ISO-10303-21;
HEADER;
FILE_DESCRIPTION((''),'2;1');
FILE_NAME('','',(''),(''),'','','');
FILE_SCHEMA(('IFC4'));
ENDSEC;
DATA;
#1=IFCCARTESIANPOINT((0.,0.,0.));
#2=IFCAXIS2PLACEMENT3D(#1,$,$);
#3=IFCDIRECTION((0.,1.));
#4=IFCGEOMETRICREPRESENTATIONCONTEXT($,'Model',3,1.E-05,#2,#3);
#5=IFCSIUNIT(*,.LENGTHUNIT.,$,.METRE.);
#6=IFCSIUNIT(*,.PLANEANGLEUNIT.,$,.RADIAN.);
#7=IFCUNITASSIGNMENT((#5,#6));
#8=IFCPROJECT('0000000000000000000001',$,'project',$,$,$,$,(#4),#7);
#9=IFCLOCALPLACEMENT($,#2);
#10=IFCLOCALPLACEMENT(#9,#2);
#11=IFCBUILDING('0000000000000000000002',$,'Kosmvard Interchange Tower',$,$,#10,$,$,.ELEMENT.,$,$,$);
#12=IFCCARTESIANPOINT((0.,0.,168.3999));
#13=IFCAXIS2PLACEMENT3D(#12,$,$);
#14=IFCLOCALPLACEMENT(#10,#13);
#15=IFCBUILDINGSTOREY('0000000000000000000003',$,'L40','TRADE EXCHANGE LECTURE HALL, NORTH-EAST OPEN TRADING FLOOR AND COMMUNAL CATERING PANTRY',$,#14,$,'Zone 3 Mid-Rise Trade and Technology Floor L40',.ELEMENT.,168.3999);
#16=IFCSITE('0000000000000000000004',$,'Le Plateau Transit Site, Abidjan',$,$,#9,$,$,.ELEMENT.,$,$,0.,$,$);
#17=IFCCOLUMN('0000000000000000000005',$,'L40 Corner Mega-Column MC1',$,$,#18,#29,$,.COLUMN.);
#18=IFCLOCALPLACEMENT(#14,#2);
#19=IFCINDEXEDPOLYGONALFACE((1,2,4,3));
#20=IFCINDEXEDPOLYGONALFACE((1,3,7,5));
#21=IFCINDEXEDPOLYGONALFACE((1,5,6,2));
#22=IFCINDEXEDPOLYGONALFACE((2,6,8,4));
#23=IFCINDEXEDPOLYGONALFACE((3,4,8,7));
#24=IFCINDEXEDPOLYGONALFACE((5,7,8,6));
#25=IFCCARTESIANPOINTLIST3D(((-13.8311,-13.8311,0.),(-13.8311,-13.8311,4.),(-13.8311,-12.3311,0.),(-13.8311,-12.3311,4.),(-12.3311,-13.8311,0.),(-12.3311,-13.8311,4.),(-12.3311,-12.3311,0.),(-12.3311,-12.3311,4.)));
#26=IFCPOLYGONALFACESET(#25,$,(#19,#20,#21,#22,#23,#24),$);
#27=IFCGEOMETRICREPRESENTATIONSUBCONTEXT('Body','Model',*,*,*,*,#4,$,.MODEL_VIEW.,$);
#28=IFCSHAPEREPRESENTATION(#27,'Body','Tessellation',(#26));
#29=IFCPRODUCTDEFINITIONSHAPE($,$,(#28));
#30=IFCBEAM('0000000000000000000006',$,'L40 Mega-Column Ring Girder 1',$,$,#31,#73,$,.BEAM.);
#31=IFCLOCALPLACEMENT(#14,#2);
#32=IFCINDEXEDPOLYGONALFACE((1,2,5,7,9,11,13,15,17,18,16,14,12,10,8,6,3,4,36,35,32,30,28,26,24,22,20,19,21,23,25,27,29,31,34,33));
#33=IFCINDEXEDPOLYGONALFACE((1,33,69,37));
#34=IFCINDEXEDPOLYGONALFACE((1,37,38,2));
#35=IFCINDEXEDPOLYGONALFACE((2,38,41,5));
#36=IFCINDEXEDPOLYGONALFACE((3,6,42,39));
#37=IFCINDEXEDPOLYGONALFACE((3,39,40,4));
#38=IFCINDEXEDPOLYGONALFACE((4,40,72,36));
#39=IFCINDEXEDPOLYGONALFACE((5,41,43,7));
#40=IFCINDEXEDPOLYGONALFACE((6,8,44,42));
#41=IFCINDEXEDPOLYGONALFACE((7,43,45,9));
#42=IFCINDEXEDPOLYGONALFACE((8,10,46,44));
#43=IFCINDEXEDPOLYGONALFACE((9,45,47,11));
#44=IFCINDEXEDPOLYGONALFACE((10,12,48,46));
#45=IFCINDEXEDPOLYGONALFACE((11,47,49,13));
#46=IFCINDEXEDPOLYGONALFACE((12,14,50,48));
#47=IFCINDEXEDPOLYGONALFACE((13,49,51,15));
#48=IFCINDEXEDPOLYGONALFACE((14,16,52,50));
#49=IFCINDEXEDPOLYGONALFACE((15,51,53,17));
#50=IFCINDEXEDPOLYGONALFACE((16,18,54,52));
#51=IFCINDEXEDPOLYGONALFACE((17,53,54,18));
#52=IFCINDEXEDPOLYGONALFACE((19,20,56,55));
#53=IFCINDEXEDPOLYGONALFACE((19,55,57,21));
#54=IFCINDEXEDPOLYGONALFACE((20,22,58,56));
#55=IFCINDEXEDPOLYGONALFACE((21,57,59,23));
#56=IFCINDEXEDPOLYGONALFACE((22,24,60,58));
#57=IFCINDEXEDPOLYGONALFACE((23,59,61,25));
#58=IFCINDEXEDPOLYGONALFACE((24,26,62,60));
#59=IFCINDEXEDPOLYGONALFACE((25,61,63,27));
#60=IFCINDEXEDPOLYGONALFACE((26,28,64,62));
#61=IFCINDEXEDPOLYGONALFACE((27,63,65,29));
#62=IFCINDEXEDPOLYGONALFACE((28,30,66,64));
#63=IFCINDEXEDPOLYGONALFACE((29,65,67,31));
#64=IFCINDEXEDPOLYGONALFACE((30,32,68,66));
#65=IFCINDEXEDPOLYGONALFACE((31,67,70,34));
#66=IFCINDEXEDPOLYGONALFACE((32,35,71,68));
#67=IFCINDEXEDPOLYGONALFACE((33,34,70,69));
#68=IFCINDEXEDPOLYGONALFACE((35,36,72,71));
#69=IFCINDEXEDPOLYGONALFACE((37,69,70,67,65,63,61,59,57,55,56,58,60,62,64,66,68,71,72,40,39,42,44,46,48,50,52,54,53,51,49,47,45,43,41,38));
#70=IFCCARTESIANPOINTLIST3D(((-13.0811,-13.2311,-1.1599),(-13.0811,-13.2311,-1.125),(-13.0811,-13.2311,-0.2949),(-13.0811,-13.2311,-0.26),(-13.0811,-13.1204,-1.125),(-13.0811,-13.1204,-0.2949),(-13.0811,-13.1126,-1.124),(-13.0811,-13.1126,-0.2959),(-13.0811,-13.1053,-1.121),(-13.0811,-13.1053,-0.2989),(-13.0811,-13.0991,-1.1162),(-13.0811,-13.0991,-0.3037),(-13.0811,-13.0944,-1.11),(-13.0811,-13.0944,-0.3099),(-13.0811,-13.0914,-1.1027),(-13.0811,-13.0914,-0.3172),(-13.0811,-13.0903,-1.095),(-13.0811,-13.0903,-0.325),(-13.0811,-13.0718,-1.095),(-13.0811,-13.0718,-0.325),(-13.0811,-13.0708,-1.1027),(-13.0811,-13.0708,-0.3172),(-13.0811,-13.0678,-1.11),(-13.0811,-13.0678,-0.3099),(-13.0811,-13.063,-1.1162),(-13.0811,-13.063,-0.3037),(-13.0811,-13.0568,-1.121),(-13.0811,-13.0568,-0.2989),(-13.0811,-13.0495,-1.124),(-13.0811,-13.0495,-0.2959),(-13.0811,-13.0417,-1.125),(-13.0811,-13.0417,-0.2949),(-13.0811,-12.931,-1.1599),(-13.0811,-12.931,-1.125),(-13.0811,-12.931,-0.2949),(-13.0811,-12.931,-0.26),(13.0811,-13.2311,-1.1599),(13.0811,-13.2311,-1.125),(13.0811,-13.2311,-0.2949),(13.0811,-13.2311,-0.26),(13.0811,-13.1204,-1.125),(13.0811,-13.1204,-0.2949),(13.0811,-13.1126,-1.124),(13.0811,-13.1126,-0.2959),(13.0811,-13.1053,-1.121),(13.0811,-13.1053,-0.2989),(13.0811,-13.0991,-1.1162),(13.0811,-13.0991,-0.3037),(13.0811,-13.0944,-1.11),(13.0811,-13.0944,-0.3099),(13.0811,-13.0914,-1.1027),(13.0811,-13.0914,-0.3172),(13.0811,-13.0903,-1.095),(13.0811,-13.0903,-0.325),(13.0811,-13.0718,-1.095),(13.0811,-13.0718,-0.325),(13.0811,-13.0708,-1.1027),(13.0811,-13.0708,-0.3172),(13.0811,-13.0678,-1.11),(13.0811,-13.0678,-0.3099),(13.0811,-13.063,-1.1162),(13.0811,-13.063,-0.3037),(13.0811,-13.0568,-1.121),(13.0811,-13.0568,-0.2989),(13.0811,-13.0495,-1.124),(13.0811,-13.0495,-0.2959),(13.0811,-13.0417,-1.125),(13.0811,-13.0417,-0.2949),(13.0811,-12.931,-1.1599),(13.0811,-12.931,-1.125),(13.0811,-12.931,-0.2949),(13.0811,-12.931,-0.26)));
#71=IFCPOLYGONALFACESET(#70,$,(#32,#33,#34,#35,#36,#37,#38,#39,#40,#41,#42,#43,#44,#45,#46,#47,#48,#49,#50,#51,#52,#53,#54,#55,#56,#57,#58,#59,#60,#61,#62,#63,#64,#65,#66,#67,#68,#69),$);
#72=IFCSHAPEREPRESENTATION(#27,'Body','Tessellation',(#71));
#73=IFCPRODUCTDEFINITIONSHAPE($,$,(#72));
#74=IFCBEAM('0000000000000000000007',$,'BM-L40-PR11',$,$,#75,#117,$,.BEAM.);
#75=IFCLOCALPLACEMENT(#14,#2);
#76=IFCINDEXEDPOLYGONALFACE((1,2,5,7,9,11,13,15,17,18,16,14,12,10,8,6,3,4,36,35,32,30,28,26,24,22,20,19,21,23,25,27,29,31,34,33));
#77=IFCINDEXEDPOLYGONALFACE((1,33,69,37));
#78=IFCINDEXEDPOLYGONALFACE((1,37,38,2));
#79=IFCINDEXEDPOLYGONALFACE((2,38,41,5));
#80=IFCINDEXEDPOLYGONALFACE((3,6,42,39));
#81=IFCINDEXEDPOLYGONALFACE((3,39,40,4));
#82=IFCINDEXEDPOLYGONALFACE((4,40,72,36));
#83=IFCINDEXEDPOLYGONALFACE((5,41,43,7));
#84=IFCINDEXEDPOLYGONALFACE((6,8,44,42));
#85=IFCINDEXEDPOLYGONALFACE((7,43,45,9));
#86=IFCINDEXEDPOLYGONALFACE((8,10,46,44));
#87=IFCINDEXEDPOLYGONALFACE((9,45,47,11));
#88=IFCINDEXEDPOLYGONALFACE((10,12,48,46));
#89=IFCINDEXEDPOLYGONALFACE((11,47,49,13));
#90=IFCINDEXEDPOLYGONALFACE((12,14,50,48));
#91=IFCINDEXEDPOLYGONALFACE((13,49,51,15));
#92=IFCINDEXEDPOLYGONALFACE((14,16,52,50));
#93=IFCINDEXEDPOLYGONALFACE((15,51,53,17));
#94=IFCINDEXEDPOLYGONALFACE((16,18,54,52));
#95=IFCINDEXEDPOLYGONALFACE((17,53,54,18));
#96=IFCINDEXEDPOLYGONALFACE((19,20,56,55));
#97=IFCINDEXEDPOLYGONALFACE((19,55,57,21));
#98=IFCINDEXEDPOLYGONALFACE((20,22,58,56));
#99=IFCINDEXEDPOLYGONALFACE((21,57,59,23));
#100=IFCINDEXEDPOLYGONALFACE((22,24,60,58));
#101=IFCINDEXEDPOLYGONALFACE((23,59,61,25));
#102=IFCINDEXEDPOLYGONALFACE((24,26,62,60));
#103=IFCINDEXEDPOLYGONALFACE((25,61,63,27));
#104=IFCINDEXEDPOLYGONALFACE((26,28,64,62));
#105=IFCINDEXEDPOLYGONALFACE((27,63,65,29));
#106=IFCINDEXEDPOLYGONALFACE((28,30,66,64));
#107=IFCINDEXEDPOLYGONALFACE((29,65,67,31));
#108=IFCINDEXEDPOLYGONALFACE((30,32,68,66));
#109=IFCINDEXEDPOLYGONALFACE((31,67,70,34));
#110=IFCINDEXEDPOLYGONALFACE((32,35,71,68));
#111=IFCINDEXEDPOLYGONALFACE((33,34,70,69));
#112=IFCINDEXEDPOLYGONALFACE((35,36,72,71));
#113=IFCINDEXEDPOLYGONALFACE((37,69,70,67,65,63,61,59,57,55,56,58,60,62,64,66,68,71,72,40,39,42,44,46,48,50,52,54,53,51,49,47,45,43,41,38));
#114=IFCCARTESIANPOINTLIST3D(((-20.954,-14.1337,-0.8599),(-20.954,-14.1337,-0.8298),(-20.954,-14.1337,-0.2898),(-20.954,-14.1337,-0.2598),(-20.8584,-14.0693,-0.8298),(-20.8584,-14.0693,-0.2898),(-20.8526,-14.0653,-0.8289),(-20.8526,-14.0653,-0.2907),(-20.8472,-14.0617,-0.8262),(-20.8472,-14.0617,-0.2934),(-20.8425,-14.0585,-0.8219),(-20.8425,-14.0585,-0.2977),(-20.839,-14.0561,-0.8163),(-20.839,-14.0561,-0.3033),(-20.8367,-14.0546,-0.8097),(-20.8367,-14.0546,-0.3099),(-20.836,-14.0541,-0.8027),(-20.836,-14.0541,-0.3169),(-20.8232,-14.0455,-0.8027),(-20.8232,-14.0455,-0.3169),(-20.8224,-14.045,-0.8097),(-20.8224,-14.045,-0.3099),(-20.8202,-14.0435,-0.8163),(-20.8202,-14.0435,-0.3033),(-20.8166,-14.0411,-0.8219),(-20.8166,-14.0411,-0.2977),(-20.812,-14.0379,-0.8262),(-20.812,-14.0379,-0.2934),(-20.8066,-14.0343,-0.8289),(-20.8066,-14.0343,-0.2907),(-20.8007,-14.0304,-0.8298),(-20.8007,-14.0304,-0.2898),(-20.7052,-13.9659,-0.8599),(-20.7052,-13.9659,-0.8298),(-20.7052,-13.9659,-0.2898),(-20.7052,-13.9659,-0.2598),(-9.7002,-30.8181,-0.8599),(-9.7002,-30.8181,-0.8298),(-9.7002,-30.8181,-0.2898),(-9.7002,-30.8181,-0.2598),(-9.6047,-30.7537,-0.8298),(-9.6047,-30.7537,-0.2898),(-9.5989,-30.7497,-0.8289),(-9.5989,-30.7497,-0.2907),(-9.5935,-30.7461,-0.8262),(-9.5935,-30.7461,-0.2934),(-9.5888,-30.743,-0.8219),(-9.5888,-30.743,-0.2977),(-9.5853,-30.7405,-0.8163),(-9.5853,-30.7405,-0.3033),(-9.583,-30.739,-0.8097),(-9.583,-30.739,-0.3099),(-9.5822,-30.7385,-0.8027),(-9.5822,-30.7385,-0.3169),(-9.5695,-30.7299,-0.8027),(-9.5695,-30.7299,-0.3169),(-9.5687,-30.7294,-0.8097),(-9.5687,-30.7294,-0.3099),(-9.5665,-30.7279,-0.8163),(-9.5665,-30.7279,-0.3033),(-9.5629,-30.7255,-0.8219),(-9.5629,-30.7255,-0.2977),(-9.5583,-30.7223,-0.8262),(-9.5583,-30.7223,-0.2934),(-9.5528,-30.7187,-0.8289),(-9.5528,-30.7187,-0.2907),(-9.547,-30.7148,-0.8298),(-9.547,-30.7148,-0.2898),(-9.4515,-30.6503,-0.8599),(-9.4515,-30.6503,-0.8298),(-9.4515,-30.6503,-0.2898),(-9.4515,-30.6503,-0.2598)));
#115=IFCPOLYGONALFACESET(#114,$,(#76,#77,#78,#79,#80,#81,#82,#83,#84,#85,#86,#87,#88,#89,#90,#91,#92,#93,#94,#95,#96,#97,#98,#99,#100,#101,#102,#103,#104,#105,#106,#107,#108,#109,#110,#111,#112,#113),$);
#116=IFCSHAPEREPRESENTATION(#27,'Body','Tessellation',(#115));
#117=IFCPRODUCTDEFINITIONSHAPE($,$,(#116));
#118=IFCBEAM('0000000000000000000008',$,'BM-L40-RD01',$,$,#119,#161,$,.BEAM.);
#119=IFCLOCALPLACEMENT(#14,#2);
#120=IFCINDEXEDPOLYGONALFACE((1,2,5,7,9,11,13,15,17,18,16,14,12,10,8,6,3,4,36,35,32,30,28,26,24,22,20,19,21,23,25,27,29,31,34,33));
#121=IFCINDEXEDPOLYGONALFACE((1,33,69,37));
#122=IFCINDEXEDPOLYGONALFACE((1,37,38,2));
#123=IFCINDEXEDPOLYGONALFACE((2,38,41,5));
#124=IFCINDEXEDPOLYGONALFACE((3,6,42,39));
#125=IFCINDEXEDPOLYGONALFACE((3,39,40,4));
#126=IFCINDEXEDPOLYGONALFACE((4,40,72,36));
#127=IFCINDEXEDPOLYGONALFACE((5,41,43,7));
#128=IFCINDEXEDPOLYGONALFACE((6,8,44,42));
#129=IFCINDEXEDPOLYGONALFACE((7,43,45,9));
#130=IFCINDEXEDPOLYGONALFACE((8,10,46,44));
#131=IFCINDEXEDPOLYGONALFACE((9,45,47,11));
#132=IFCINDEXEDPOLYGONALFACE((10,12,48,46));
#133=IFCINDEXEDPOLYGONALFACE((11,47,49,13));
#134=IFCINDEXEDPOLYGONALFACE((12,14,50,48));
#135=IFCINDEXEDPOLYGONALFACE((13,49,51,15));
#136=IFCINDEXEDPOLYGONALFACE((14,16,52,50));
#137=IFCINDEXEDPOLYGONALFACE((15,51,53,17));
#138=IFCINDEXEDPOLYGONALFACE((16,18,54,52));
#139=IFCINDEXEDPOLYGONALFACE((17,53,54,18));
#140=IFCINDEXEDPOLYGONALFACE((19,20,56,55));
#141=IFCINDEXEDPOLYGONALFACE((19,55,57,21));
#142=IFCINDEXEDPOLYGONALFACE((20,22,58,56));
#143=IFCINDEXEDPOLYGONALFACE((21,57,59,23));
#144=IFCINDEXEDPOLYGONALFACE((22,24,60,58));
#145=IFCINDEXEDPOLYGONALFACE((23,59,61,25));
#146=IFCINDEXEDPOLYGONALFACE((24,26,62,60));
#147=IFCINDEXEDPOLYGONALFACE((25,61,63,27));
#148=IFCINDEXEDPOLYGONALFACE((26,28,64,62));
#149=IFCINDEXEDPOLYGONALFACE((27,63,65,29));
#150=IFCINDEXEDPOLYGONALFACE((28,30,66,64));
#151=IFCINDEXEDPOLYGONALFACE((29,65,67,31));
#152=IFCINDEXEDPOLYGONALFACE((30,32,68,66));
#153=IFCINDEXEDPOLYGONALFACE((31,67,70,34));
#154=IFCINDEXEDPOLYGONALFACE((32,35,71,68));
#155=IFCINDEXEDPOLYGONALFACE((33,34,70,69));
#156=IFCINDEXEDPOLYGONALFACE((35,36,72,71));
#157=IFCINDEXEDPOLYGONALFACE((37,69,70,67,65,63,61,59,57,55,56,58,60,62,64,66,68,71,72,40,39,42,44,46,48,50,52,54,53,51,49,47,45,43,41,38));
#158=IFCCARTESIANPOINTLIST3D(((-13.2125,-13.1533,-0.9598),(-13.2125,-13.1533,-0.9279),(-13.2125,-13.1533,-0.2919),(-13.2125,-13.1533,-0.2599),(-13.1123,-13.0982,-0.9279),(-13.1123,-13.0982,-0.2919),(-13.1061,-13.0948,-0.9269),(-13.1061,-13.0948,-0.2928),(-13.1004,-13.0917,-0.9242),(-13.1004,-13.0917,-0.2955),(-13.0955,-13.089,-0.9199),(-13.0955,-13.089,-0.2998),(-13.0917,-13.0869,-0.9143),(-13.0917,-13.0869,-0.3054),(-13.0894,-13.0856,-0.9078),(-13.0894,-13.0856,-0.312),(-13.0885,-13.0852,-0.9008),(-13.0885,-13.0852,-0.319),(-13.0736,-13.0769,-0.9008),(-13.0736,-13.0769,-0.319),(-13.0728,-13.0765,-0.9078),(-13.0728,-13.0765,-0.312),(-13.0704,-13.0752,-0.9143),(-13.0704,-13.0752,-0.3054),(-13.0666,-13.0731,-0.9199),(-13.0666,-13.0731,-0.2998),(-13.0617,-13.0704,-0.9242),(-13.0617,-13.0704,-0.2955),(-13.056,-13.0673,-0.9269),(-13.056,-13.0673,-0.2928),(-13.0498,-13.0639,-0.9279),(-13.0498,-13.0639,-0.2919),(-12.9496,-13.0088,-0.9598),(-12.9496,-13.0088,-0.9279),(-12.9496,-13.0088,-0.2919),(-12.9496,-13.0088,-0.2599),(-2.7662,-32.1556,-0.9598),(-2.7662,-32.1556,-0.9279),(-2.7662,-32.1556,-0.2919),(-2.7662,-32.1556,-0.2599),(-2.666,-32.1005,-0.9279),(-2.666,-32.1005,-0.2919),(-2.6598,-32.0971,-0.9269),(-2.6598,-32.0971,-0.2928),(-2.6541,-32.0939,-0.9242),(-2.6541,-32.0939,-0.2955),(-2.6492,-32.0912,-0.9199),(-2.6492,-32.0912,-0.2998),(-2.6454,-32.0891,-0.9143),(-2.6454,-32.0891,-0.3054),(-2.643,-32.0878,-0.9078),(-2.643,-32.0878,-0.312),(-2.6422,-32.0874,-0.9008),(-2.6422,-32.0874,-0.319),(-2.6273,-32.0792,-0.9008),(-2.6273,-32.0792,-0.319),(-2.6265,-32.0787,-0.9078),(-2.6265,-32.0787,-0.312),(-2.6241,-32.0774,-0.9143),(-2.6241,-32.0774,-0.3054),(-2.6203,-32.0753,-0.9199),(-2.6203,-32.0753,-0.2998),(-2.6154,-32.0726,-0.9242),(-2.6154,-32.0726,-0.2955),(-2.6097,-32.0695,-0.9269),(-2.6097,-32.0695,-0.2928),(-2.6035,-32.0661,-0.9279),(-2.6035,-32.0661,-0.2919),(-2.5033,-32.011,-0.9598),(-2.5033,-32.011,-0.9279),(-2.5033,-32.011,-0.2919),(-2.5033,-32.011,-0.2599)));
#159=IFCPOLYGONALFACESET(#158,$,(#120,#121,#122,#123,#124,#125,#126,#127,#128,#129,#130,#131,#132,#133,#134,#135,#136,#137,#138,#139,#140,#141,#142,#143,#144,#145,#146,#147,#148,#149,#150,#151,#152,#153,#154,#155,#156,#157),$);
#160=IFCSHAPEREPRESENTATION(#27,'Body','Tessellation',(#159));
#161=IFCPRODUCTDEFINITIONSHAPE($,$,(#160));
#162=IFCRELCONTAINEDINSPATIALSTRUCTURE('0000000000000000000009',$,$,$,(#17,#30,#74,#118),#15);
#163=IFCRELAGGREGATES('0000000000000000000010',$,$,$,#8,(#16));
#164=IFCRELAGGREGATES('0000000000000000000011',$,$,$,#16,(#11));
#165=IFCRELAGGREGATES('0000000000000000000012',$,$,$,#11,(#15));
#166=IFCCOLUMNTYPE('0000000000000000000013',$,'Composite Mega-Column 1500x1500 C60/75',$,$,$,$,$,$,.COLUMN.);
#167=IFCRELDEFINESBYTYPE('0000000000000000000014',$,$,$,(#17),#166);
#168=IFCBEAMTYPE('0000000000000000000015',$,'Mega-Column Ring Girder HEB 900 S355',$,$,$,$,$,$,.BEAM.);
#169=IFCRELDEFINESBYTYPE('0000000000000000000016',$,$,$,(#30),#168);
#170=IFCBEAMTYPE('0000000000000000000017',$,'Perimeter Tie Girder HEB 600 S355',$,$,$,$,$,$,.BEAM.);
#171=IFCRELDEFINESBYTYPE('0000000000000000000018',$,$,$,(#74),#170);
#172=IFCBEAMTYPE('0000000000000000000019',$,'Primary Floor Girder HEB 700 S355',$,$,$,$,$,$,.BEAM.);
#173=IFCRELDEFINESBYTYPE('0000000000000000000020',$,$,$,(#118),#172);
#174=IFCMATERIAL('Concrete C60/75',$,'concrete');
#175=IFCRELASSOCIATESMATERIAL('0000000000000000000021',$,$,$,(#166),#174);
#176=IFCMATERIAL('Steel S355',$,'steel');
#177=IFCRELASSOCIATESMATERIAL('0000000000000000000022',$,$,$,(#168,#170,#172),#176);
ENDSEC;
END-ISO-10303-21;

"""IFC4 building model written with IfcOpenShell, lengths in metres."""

from ifc_helpers import new_model, si_unit, direction, frame, origin, origin_2d, place, context, subcontext, project, spatial, rectangle, i_section, extrude, source, transform, mapped, material, material_profile, profile_set, type_object, element, save


model = new_model("IFC4")

# Units and contexts
model_context = context("Model", 3, precision=1e-05, world=origin(), true_north=direction((0.0, 1.0)))
body_context = subcontext(model_context, "Body", "Model", "MODEL_VIEW")
ifc_project = project(units=[si_unit("LENGTHUNIT", "METRE"), si_unit("PLANEANGLEUNIT", "RADIAN")], contexts=[model_context])

# Site, building, storey
site_placement = place(None, origin())
site = spatial("IfcSite", under=ifc_project, at=site_placement, Name="Le Plateau Transit Site, Abidjan", CompositionType="ELEMENT", RefElevation=0.0)
building_placement = place(site_placement, origin())
building = spatial("IfcBuilding", under=site, at=building_placement, Name="Kosmvard Interchange Tower", CompositionType="ELEMENT")
storey_placement = place(building_placement, frame((0.0, 0.0, 168.3999)))
storey = spatial("IfcBuildingStorey", under=building, at=storey_placement, Name="L40", Description="TRADE EXCHANGE LECTURE HALL, NORTH-EAST OPEN TRADING FLOOR AND COMMUNAL CATERING PANTRY", LongName="Zone 3 Mid-Rise Trade and Technology Floor L40", CompositionType="ELEMENT", Elevation=168.3999)

# Column
ifc_material_1 = material(Name="Concrete C60/75", Category="concrete")
ifc_material_profile_1 = material_profile(ifc_material_1, rectangle(XDim=1.5, YDim=1.5, at=origin_2d()), Name="MC 1500x1500")
ifc_profile_set_1 = profile_set([ifc_material_profile_1], Name="Concrete C60/75")
column_type = type_object("IfcColumnType", Name="Composite Mega-Column 1500x1500 C60/75", PredefinedType="COLUMN", material=ifc_profile_set_1)
shared_shape_1 = source(origin(), body_context, "Body", "SweptSolid", [
    extrude(rectangle(XDim=1.5, YDim=1.5, at=origin_2d()), origin(), (0.0, 0.0, 1.0), 4.0),
])
column_placement = place(storey_placement, frame((-13.0811, -13.0811, 0.0), z_axis=(0.0, 0.0, 1.0), x_axis=(1.0, 0.0, 0.0)))
element("IfcColumn", 1, at=column_placement, inside=storey, type_object=column_type, Name="L40 Corner Mega-Column MC1", PredefinedType="COLUMN", context=body_context, shape_type="MappedRepresentation", body=[
    mapped(shared_shape_1, transform((0.0, 0.0, 0.0), scale=1.0)),
])

# Beams
ifc_material_2 = material(Name="Steel S355", Category="steel")
ifc_material_profile_2 = material_profile(ifc_material_2, i_section(OverallWidth=0.3, OverallDepth=0.8999, WebThickness=0.0186, FlangeThickness=0.0349, FilletRadius=0.03, at=origin_2d()), Name="HEB 900")
ifc_profile_set_2 = profile_set([ifc_material_profile_2], Name="Steel S355")
beam_type_1 = type_object("IfcBeamType", Name="Mega-Column Ring Girder HEB 900 S355", PredefinedType="BEAM", material=ifc_profile_set_2)
shared_shape_2 = source(origin(), body_context, "Body", "SweptSolid", [
    extrude(i_section(OverallWidth=0.3, OverallDepth=0.8999, WebThickness=0.0186, FlangeThickness=0.0349, FilletRadius=0.03, at=origin_2d()), origin(), (0.0, 0.0, 1.0), 26.1621),
])
beam_1_placement = place(storey_placement, frame((-13.0811, -13.0811, -0.71), z_axis=(1.0, 0.0, 0.0), x_axis=(0.0, 1.0, 0.0)))
element("IfcBeam", 2, at=beam_1_placement, inside=storey, type_object=beam_type_1, Name="L40 Mega-Column Ring Girder 1", PredefinedType="BEAM", context=body_context, shape_type="MappedRepresentation", body=[
    mapped(shared_shape_2, transform((0.0, 0.0, 0.0), scale=1.0)),
])
ifc_material_profile_3 = material_profile(ifc_material_2, i_section(OverallWidth=0.3, OverallDepth=0.6001, WebThickness=0.0154, FlangeThickness=0.03, FilletRadius=0.0271, at=origin_2d()), Name="HEB 600")
ifc_profile_set_3 = profile_set([ifc_material_profile_3], Name="Steel S355")
beam_type_2 = type_object("IfcBeamType", Name="Perimeter Tie Girder HEB 600 S355", PredefinedType="BEAM", material=ifc_profile_set_3)
shared_shape_3 = source(origin(), body_context, "Body", "SweptSolid", [
    extrude(i_section(OverallWidth=0.3, OverallDepth=0.6001, WebThickness=0.0154, FlangeThickness=0.03, FilletRadius=0.0271, at=origin_2d()), origin(), (0.0, 0.0, 1.0), 20.125),
])
beam_2_placement = place(storey_placement, frame((-20.8296, -14.0498, -0.5598), z_axis=(0.559191, -0.829039, 0.0), x_axis=(0.829039, 0.559191, 0.0)))
element("IfcBeam", 3, at=beam_2_placement, inside=storey, type_object=beam_type_2, Name="BM-L40-PR11", PredefinedType="BEAM", context=body_context, shape_type="MappedRepresentation", body=[
    mapped(shared_shape_3, transform((0.0, 0.0, 0.0), scale=1.0)),
])
ifc_material_profile_4 = material_profile(ifc_material_2, i_section(OverallWidth=0.3, OverallDepth=0.7, WebThickness=0.0171, FlangeThickness=0.032, FilletRadius=0.0271, at=origin_2d()), Name="HEB 700")
ifc_profile_set_4 = profile_set([ifc_material_profile_4], Name="Steel S355")
beam_type_3 = type_object("IfcBeamType", Name="Primary Floor Girder HEB 700 S355", PredefinedType="BEAM", material=ifc_profile_set_4)
shared_shape_4 = source(origin(), body_context, "Body", "SweptSolid", [
    extrude(i_section(OverallWidth=0.3, OverallDepth=0.7, WebThickness=0.0171, FlangeThickness=0.032, FilletRadius=0.0271, at=origin_2d()), origin(), (0.0, 0.0, 1.0), 21.6843),
])
beam_3_placement = place(storey_placement, frame((-13.0811, -13.0811, -0.6099), z_axis=(0.481745, -0.876312, 0.0), x_axis=(0.876312, 0.481745, 0.0)))
element("IfcBeam", 4, at=beam_3_placement, inside=storey, type_object=beam_type_3, Name="BM-L40-RD01", PredefinedType="BEAM", context=body_context, shape_type="MappedRepresentation", body=[
    mapped(shared_shape_4, transform((0.0, 0.0, 0.0), scale=1.0)),
])

save(model, "model.ifc")
